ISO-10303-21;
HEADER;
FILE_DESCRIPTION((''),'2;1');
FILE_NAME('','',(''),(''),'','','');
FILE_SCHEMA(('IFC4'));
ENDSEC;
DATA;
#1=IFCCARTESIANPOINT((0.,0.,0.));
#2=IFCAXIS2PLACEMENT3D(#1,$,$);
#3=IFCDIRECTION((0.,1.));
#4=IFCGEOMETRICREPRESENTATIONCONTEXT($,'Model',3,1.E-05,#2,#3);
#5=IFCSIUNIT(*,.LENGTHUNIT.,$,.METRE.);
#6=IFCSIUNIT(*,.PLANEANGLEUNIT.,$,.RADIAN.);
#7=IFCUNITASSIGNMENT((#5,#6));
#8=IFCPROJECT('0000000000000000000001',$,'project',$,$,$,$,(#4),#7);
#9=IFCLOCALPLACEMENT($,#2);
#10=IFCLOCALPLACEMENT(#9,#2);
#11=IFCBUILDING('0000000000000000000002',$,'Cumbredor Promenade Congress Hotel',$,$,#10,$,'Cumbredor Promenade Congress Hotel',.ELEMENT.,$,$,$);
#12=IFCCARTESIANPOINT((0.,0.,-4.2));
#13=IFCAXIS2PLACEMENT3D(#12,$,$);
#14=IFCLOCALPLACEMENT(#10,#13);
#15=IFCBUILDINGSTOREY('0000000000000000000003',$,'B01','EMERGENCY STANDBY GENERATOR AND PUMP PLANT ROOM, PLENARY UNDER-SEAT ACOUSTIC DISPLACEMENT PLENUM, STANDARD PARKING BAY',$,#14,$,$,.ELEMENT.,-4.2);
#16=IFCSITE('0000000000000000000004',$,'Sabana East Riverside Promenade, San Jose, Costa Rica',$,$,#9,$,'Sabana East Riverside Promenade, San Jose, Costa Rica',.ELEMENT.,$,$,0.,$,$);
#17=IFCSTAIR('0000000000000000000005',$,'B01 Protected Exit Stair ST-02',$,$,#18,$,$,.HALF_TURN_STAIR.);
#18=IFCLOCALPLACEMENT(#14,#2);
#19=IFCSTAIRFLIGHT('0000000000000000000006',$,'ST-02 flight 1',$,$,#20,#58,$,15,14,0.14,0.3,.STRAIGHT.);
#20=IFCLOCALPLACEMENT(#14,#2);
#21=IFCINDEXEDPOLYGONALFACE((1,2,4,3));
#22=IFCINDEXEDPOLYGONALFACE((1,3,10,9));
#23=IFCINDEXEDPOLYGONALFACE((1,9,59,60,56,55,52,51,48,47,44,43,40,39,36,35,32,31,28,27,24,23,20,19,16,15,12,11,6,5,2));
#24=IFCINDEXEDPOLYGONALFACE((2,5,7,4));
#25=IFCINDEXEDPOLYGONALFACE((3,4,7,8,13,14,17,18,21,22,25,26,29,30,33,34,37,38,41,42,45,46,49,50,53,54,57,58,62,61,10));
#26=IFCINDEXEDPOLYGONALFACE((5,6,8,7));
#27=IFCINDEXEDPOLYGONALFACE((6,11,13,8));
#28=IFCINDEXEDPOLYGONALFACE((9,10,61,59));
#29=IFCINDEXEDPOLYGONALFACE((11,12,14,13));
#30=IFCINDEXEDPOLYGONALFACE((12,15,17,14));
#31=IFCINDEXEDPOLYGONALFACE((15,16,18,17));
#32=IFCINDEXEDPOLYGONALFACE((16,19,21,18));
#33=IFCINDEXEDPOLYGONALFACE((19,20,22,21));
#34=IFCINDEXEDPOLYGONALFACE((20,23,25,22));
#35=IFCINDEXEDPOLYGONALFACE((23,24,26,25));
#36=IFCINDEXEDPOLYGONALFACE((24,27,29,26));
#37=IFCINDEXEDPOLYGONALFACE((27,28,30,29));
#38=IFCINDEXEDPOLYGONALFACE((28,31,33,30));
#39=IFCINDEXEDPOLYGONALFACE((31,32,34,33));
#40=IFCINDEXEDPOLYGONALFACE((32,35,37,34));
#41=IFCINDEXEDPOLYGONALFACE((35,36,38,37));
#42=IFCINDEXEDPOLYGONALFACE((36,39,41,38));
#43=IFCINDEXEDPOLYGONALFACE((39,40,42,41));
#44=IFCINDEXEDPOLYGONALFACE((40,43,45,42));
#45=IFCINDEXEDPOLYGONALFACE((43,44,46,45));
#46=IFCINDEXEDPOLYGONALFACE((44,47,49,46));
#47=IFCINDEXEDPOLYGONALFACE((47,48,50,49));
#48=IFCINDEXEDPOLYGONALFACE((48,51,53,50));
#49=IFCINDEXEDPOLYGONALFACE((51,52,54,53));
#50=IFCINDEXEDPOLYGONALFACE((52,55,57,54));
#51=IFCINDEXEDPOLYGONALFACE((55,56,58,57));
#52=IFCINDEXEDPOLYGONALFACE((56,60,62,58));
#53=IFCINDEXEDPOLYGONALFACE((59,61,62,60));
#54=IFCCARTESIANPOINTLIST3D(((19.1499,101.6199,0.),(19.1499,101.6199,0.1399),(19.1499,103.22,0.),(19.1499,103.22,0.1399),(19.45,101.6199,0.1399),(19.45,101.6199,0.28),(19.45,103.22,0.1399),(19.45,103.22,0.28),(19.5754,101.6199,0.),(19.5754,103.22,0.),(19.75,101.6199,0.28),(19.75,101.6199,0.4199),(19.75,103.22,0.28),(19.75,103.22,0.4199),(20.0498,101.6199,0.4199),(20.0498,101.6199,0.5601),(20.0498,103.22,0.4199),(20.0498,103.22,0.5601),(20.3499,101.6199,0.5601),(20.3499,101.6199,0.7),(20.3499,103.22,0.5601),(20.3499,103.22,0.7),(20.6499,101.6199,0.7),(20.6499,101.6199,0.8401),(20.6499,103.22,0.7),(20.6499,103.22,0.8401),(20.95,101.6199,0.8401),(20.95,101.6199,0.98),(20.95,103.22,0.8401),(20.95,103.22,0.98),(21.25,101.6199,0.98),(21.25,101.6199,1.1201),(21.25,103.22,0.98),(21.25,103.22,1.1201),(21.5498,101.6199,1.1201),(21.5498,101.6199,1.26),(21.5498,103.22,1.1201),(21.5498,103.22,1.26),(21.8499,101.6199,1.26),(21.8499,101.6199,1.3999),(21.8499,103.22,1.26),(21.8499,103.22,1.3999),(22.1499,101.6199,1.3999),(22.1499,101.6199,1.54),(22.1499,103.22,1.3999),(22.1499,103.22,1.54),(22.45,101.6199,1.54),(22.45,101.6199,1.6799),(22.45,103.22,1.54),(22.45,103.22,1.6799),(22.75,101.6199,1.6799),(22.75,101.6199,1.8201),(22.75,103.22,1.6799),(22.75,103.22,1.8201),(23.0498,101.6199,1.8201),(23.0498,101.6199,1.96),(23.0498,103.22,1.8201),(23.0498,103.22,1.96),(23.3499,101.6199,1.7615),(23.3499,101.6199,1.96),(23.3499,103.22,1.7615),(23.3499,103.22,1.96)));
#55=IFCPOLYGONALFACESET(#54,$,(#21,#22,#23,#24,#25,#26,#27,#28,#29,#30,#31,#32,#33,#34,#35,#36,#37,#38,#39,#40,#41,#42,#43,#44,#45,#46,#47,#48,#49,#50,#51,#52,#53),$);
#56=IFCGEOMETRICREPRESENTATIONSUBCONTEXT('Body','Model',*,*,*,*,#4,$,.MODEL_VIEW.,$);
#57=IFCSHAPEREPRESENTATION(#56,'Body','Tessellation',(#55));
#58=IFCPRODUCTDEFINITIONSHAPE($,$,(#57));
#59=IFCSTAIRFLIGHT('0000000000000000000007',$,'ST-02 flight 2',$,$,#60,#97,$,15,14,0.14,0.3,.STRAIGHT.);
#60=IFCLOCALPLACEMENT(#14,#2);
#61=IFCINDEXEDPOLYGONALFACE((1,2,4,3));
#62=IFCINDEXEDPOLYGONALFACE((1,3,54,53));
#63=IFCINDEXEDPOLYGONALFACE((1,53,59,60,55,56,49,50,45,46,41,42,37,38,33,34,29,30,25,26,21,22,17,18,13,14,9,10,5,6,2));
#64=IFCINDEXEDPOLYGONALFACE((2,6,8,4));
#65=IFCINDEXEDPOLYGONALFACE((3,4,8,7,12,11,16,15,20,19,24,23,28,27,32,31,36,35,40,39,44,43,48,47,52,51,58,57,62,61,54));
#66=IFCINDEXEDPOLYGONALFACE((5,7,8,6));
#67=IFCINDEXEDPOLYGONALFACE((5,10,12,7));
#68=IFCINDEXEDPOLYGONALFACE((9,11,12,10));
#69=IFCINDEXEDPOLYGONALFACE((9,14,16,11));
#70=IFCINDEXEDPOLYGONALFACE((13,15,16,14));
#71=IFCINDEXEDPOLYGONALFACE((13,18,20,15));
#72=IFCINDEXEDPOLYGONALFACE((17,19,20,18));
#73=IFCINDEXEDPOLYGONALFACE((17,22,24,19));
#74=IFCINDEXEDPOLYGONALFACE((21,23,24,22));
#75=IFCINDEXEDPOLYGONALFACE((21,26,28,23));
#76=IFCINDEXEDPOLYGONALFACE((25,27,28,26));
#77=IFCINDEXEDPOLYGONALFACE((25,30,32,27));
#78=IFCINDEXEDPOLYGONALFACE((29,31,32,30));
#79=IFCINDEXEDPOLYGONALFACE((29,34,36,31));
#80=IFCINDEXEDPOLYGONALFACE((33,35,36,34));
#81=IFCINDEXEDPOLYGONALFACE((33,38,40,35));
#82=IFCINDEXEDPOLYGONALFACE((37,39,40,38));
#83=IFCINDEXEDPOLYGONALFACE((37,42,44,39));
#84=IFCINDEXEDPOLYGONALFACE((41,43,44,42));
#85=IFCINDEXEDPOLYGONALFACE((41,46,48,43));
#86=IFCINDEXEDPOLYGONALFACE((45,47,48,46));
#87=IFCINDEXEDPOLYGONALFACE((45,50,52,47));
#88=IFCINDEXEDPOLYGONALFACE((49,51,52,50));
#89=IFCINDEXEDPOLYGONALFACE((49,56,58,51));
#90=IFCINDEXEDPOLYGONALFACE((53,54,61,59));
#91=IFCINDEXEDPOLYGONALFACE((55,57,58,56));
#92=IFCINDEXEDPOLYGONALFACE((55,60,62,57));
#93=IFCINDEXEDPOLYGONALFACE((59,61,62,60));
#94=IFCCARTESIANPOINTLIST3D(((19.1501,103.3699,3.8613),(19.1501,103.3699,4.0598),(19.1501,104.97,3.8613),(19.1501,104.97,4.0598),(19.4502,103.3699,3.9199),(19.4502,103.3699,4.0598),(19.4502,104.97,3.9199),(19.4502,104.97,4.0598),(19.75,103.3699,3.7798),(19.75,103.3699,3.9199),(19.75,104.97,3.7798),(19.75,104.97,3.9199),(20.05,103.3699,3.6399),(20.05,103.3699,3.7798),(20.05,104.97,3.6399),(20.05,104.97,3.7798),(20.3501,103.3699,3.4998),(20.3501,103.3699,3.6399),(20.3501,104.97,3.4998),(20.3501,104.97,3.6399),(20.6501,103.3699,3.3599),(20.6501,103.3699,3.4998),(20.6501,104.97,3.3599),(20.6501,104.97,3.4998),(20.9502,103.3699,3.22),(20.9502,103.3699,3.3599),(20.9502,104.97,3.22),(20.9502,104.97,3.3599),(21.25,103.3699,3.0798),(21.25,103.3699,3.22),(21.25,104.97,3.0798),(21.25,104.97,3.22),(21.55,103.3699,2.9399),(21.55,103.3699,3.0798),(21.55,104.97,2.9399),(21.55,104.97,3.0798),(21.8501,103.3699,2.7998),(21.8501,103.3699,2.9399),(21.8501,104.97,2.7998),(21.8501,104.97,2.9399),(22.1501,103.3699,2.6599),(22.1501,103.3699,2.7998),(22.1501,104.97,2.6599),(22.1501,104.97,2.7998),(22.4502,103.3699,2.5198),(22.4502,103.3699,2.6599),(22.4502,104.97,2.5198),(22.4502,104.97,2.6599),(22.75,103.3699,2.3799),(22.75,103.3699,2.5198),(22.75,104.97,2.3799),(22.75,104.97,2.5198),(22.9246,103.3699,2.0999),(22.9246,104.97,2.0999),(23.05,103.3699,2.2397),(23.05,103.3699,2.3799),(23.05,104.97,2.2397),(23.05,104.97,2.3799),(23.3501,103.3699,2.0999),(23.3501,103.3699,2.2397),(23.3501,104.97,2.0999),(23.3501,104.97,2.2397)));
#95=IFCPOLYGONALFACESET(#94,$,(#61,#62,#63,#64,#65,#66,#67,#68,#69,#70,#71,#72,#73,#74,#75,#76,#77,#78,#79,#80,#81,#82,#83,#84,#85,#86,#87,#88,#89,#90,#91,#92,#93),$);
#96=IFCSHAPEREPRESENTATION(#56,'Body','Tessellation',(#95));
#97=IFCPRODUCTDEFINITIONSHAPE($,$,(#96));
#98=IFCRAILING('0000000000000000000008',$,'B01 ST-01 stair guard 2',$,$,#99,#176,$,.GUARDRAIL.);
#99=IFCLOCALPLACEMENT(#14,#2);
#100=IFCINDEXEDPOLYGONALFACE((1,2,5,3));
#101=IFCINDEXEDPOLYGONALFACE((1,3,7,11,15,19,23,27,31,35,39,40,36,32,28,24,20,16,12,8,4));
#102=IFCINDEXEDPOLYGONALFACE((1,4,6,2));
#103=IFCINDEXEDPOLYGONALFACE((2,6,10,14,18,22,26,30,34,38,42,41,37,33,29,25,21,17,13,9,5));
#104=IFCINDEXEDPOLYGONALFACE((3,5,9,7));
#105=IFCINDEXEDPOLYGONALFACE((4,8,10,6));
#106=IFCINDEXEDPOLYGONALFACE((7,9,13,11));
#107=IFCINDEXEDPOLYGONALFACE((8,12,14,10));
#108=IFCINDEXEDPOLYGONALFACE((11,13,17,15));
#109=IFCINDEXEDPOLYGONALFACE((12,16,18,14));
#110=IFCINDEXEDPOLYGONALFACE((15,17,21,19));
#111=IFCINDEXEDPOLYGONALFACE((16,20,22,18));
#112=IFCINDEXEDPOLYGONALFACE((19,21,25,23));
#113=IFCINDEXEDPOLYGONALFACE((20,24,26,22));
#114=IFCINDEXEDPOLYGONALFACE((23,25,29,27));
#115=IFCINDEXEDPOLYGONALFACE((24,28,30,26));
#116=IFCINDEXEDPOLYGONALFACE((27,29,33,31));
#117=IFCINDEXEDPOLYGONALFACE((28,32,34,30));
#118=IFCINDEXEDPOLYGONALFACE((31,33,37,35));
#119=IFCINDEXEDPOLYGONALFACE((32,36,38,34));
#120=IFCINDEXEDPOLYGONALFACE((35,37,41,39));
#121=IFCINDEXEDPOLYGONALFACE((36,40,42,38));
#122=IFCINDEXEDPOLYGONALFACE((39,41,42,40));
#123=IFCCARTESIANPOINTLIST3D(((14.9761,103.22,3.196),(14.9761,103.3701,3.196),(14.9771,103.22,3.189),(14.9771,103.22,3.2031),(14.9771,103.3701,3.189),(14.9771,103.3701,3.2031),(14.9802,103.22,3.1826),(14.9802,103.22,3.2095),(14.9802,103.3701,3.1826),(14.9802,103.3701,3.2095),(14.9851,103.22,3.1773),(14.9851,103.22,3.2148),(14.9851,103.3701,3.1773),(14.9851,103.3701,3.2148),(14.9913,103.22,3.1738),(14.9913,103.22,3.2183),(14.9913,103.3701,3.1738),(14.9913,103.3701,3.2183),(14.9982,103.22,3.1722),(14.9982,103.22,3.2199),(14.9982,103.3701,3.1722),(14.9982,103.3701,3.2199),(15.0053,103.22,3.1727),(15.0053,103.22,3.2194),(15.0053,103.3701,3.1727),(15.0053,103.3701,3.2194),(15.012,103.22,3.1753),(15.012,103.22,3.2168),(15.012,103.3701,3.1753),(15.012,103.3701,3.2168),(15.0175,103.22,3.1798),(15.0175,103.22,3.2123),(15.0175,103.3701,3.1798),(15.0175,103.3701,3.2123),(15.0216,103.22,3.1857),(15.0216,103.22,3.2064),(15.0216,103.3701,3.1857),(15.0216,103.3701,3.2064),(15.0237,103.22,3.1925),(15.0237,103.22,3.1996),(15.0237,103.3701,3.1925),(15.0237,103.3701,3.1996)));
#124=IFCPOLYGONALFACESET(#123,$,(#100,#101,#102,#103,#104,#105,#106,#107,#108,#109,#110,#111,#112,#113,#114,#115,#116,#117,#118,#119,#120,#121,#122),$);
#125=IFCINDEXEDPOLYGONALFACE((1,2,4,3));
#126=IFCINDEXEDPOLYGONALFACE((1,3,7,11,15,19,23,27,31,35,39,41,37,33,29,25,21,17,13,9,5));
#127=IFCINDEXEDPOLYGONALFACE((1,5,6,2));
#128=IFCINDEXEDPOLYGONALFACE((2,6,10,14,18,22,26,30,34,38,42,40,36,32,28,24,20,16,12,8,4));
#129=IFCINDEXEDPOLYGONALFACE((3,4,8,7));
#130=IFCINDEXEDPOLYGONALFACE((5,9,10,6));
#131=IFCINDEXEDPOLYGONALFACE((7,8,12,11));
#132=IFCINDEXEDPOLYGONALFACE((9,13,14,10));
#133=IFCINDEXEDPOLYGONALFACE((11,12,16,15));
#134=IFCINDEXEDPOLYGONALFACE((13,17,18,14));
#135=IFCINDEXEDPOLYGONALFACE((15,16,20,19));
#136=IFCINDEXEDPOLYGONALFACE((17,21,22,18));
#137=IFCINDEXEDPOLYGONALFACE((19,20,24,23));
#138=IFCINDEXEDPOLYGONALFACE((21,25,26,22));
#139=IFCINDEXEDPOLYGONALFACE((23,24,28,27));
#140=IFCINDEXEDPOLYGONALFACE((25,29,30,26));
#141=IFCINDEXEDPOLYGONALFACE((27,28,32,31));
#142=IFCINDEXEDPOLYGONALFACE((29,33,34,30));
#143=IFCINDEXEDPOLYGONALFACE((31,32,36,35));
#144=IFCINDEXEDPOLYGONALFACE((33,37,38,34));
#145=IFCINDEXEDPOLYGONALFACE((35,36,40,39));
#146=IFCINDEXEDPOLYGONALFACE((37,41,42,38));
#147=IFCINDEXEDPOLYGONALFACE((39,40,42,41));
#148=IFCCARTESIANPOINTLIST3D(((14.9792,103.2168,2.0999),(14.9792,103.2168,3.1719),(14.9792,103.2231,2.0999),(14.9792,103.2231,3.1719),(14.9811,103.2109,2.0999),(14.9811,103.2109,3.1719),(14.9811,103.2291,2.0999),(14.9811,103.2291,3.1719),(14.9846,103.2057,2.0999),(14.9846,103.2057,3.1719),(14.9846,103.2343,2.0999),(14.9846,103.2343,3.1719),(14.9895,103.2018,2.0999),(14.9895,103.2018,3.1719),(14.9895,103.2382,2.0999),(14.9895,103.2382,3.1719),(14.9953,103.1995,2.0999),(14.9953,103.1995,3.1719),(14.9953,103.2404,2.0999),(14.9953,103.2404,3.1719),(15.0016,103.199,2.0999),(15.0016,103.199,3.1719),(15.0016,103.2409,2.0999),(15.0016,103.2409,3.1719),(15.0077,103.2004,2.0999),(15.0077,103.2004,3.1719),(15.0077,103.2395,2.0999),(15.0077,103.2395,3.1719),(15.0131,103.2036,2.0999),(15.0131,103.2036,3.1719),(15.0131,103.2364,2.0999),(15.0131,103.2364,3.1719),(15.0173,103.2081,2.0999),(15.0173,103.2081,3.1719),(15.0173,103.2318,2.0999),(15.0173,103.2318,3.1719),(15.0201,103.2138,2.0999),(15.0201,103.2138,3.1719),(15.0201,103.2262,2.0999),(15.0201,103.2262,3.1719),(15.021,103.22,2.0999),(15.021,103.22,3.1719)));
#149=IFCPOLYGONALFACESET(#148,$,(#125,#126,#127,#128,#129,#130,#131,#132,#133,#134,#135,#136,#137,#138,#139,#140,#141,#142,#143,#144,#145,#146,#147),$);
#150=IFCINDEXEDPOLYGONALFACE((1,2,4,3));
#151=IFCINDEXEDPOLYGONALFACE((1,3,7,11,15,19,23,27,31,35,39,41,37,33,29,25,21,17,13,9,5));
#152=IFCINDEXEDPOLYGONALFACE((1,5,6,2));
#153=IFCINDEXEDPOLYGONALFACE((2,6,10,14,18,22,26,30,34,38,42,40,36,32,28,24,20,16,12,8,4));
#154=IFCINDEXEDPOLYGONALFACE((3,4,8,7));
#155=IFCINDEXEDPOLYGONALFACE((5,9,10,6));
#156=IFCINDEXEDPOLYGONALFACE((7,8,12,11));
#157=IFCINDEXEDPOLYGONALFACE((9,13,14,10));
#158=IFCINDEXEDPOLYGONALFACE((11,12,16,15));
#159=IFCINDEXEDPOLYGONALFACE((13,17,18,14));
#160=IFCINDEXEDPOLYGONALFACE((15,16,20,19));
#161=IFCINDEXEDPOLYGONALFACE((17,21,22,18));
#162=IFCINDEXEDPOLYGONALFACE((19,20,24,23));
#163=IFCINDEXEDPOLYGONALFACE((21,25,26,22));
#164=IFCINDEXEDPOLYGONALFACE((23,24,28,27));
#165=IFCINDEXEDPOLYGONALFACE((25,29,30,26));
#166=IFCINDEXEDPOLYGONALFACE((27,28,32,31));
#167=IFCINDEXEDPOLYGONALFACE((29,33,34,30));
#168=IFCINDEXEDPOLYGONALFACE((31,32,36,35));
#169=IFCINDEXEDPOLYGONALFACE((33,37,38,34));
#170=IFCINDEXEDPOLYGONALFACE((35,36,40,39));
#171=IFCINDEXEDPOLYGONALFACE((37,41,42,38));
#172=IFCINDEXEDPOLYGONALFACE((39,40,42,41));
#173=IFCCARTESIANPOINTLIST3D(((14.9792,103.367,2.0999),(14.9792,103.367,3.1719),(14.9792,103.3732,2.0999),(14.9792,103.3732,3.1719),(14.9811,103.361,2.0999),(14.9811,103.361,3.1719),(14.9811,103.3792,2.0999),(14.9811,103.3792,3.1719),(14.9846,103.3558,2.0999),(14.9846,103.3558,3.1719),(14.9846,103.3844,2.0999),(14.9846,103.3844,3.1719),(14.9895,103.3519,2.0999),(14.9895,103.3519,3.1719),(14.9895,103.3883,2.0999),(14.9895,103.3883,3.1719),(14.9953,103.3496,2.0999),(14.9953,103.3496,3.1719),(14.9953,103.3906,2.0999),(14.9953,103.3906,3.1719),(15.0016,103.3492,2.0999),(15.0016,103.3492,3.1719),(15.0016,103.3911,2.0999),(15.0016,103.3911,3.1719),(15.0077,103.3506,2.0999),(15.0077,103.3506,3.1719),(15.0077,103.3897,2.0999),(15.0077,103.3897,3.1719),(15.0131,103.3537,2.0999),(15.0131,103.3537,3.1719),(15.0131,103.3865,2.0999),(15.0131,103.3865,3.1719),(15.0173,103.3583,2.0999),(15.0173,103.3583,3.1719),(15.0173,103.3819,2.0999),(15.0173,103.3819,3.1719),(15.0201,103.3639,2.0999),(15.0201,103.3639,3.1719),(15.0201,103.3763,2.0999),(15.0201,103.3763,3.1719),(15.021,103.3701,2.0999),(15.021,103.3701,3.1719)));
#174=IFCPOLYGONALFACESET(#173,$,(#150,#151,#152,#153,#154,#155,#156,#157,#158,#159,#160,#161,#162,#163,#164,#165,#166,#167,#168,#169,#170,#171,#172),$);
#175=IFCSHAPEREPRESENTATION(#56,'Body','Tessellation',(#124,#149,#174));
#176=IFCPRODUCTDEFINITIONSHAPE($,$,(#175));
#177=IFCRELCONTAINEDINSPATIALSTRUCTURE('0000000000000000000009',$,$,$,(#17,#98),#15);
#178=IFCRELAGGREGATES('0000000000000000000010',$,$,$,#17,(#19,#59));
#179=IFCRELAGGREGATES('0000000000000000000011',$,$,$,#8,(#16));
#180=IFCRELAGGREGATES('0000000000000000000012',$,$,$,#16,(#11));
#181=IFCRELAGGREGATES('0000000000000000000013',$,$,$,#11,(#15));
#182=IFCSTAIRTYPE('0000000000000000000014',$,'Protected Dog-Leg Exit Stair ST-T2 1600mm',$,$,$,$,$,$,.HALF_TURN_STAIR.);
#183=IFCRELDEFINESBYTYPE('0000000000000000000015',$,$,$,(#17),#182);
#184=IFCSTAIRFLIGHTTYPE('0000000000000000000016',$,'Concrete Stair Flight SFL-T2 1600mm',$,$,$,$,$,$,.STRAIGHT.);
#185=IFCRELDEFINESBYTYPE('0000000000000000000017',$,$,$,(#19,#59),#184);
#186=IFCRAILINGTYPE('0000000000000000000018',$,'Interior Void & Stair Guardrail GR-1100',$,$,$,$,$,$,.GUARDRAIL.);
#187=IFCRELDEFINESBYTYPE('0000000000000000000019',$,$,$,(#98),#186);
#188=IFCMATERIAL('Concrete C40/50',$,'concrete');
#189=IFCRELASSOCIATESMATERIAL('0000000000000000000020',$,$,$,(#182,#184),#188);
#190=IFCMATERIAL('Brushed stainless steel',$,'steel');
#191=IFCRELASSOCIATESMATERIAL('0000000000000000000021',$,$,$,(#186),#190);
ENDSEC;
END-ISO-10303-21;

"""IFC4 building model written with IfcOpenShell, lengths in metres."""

from ifc_helpers import new_model, si_unit, direction, frame, origin, origin_2d, place, context, subcontext, project, spatial, polyline, circle, outline, extrude, material, type_object, element, aggregate, save


model = new_model("IFC4")

# Units and contexts
model_context = context("Model", 3, precision=1e-05, world=origin(), true_north=direction((0.0, 1.0)))
body_context = subcontext(model_context, "Body", "Model", "MODEL_VIEW")
ifc_project = project(units=[si_unit("LENGTHUNIT", "METRE"), si_unit("PLANEANGLEUNIT", "RADIAN")], contexts=[model_context])

# Site, building, storey
site_placement = place(None, origin())
site = spatial("IfcSite", under=ifc_project, at=site_placement, Name="Sabana East Riverside Promenade, San Jose, Costa Rica", LongName="Sabana East Riverside Promenade, San Jose, Costa Rica", CompositionType="ELEMENT", RefElevation=0.0)
building_placement = place(site_placement, origin())
building = spatial("IfcBuilding", under=site, at=building_placement, Name="Cumbredor Promenade Congress Hotel", LongName="Cumbredor Promenade Congress Hotel", CompositionType="ELEMENT")
storey_placement = place(building_placement, frame((0.0, 0.0, -4.2)))
storey = spatial("IfcBuildingStorey", under=building, at=storey_placement, Name="B01", Description="EMERGENCY STANDBY GENERATOR AND PUMP PLANT ROOM, PLENARY UNDER-SEAT ACOUSTIC DISPLACEMENT PLENUM, STANDARD PARKING BAY", CompositionType="ELEMENT", Elevation=-4.2)

# Shared definitions
ifc_material_1 = material(Name="Concrete C40/50", Category="concrete")

# Shared definitions
stair_type = type_object("IfcStairType", Name="Protected Dog-Leg Exit Stair ST-T2 1600mm", PredefinedType="HALF_TURN_STAIR", material=ifc_material_1)
stair_flight_type = type_object("IfcStairFlightType", Name="Concrete Stair Flight SFL-T2 1600mm", PredefinedType="STRAIGHT", material=ifc_material_1)

# Stair, stair flights
stair_1_placement = place(storey_placement, origin())
stair_1 = element("IfcStair", 1, at=stair_1_placement, inside=storey, type_object=stair_type, Name="B01 Protected Exit Stair ST-02", PredefinedType="HALF_TURN_STAIR")
stair_flight_1_placement = place(storey_placement, frame((19.1499, 102.4199, 0.0), z_axis=(0.0, 0.0, 1.0), x_axis=(1.0, 0.0, 0.0)))
stair_flight_1 = element("IfcStairFlight", 2, at=stair_flight_1_placement, type_object=stair_flight_type, Name="ST-02 flight 1", NumberOfRisers=15, NumberOfTreads=14, PredefinedType="STRAIGHT", RiserHeight=0.14, TreadLength=0.3, context=body_context, shape_type="SweptSolid", body=[
    extrude(outline(polyline([(0.0, 0.0), (0.0, 0.1399), (0.3, 0.1399), (0.3, 0.28), (0.6001, 0.28), (0.6001, 0.4199), (0.8999, 0.4199), (0.8999, 0.5601), (1.2, 0.5601), (1.2, 0.7), (1.5, 0.7), (1.5, 0.8401), (1.8, 0.8401), (1.8, 0.98), (2.1001, 0.98), (2.1001, 1.1201), (2.3999, 1.1201), (2.3999, 1.26), (2.7, 1.26), (2.7, 1.3999), (3.0, 1.3999), (3.0, 1.54), (3.3, 1.54), (3.3, 1.6799), (3.6001, 1.6799), (3.6001, 1.8201), (3.8999, 1.8201), (3.8999, 1.96), (4.2, 1.96), (4.2, 2.1001), (4.2, 1.7615), (0.4255, 0.0), (0.0, 0.0)])), frame((0.0, 0.8, 0.0), z_axis=(0.0, -1.0, 0.0), x_axis=(1.0, 0.0, 0.0)), (0.0, 0.0, 1.0), 1.6001),
])
stair_flight_2_placement = place(storey_placement, frame((23.3501, 104.1699, 2.0999), z_axis=(0.0, 0.0, 1.0), x_axis=(-1.0, 0.0, 0.0)))
stair_flight_2 = element("IfcStairFlight", 3, at=stair_flight_2_placement, type_object=stair_flight_type, Name="ST-02 flight 2", NumberOfRisers=15, NumberOfTreads=14, PredefinedType="STRAIGHT", RiserHeight=0.14, TreadLength=0.3, context=body_context, shape_type="SweptSolid", body=[
    extrude(outline(polyline([(0.0, 0.0), (0.0, 0.1399), (0.3, 0.1399), (0.3, 0.28), (0.6001, 0.28), (0.6001, 0.4199), (0.8999, 0.4199), (0.8999, 0.5601), (1.2, 0.5601), (1.2, 0.7), (1.5, 0.7), (1.5, 0.8401), (1.8, 0.8401), (1.8, 0.98), (2.1001, 0.98), (2.1001, 1.1201), (2.3999, 1.1201), (2.3999, 1.26), (2.7, 1.26), (2.7, 1.3999), (3.0, 1.3999), (3.0, 1.54), (3.3, 1.54), (3.3, 1.6799), (3.6001, 1.6799), (3.6001, 1.8201), (3.8999, 1.8201), (3.8999, 1.96), (4.2, 1.96), (4.2, 2.1001), (4.2, 1.7615), (0.4255, 0.0), (0.0, 0.0)])), frame((0.0, 0.8, 0.0), z_axis=(0.0, -1.0, 0.0), x_axis=(1.0, 0.0, 0.0)), (0.0, 0.0, 1.0), 1.6001),
])
aggregate(stair_1, [stair_flight_1, stair_flight_2])

# Railing
ifc_material_2 = material(Name="Brushed stainless steel", Category="steel")
railing_type_1 = type_object("IfcRailingType", Name="Interior Void & Stair Guardrail GR-1100", PredefinedType="GUARDRAIL", material=ifc_material_2)
railing_1_placement = place(storey_placement, frame((15.0, 103.22, 2.0999)))
element("IfcRailing", 4, at=railing_1_placement, inside=storey, type_object=railing_type_1, Name="B01 ST-01 stair guard 2", PredefinedType="GUARDRAIL", context=body_context, shape_type="SweptSolid", body=[
    extrude(circle(Radius=0.0239, at=origin_2d()), frame((0.0, 0.0, 1.0962), z_axis=(0.0, 1.0, 0.0), x_axis=(-1.0, 0.0, 0.0)), (0.0, 0.0, 1.0), 0.1501),
    extrude(circle(Radius=0.021, at=origin_2d()), origin(), (0.0, 0.0, 1.0), 1.072),
    extrude(circle(Radius=0.021, at=origin_2d()), frame((0.0, 0.1501, 0.0)), (0.0, 0.0, 1.0), 1.072),
])

save(model, "model.ifc")
